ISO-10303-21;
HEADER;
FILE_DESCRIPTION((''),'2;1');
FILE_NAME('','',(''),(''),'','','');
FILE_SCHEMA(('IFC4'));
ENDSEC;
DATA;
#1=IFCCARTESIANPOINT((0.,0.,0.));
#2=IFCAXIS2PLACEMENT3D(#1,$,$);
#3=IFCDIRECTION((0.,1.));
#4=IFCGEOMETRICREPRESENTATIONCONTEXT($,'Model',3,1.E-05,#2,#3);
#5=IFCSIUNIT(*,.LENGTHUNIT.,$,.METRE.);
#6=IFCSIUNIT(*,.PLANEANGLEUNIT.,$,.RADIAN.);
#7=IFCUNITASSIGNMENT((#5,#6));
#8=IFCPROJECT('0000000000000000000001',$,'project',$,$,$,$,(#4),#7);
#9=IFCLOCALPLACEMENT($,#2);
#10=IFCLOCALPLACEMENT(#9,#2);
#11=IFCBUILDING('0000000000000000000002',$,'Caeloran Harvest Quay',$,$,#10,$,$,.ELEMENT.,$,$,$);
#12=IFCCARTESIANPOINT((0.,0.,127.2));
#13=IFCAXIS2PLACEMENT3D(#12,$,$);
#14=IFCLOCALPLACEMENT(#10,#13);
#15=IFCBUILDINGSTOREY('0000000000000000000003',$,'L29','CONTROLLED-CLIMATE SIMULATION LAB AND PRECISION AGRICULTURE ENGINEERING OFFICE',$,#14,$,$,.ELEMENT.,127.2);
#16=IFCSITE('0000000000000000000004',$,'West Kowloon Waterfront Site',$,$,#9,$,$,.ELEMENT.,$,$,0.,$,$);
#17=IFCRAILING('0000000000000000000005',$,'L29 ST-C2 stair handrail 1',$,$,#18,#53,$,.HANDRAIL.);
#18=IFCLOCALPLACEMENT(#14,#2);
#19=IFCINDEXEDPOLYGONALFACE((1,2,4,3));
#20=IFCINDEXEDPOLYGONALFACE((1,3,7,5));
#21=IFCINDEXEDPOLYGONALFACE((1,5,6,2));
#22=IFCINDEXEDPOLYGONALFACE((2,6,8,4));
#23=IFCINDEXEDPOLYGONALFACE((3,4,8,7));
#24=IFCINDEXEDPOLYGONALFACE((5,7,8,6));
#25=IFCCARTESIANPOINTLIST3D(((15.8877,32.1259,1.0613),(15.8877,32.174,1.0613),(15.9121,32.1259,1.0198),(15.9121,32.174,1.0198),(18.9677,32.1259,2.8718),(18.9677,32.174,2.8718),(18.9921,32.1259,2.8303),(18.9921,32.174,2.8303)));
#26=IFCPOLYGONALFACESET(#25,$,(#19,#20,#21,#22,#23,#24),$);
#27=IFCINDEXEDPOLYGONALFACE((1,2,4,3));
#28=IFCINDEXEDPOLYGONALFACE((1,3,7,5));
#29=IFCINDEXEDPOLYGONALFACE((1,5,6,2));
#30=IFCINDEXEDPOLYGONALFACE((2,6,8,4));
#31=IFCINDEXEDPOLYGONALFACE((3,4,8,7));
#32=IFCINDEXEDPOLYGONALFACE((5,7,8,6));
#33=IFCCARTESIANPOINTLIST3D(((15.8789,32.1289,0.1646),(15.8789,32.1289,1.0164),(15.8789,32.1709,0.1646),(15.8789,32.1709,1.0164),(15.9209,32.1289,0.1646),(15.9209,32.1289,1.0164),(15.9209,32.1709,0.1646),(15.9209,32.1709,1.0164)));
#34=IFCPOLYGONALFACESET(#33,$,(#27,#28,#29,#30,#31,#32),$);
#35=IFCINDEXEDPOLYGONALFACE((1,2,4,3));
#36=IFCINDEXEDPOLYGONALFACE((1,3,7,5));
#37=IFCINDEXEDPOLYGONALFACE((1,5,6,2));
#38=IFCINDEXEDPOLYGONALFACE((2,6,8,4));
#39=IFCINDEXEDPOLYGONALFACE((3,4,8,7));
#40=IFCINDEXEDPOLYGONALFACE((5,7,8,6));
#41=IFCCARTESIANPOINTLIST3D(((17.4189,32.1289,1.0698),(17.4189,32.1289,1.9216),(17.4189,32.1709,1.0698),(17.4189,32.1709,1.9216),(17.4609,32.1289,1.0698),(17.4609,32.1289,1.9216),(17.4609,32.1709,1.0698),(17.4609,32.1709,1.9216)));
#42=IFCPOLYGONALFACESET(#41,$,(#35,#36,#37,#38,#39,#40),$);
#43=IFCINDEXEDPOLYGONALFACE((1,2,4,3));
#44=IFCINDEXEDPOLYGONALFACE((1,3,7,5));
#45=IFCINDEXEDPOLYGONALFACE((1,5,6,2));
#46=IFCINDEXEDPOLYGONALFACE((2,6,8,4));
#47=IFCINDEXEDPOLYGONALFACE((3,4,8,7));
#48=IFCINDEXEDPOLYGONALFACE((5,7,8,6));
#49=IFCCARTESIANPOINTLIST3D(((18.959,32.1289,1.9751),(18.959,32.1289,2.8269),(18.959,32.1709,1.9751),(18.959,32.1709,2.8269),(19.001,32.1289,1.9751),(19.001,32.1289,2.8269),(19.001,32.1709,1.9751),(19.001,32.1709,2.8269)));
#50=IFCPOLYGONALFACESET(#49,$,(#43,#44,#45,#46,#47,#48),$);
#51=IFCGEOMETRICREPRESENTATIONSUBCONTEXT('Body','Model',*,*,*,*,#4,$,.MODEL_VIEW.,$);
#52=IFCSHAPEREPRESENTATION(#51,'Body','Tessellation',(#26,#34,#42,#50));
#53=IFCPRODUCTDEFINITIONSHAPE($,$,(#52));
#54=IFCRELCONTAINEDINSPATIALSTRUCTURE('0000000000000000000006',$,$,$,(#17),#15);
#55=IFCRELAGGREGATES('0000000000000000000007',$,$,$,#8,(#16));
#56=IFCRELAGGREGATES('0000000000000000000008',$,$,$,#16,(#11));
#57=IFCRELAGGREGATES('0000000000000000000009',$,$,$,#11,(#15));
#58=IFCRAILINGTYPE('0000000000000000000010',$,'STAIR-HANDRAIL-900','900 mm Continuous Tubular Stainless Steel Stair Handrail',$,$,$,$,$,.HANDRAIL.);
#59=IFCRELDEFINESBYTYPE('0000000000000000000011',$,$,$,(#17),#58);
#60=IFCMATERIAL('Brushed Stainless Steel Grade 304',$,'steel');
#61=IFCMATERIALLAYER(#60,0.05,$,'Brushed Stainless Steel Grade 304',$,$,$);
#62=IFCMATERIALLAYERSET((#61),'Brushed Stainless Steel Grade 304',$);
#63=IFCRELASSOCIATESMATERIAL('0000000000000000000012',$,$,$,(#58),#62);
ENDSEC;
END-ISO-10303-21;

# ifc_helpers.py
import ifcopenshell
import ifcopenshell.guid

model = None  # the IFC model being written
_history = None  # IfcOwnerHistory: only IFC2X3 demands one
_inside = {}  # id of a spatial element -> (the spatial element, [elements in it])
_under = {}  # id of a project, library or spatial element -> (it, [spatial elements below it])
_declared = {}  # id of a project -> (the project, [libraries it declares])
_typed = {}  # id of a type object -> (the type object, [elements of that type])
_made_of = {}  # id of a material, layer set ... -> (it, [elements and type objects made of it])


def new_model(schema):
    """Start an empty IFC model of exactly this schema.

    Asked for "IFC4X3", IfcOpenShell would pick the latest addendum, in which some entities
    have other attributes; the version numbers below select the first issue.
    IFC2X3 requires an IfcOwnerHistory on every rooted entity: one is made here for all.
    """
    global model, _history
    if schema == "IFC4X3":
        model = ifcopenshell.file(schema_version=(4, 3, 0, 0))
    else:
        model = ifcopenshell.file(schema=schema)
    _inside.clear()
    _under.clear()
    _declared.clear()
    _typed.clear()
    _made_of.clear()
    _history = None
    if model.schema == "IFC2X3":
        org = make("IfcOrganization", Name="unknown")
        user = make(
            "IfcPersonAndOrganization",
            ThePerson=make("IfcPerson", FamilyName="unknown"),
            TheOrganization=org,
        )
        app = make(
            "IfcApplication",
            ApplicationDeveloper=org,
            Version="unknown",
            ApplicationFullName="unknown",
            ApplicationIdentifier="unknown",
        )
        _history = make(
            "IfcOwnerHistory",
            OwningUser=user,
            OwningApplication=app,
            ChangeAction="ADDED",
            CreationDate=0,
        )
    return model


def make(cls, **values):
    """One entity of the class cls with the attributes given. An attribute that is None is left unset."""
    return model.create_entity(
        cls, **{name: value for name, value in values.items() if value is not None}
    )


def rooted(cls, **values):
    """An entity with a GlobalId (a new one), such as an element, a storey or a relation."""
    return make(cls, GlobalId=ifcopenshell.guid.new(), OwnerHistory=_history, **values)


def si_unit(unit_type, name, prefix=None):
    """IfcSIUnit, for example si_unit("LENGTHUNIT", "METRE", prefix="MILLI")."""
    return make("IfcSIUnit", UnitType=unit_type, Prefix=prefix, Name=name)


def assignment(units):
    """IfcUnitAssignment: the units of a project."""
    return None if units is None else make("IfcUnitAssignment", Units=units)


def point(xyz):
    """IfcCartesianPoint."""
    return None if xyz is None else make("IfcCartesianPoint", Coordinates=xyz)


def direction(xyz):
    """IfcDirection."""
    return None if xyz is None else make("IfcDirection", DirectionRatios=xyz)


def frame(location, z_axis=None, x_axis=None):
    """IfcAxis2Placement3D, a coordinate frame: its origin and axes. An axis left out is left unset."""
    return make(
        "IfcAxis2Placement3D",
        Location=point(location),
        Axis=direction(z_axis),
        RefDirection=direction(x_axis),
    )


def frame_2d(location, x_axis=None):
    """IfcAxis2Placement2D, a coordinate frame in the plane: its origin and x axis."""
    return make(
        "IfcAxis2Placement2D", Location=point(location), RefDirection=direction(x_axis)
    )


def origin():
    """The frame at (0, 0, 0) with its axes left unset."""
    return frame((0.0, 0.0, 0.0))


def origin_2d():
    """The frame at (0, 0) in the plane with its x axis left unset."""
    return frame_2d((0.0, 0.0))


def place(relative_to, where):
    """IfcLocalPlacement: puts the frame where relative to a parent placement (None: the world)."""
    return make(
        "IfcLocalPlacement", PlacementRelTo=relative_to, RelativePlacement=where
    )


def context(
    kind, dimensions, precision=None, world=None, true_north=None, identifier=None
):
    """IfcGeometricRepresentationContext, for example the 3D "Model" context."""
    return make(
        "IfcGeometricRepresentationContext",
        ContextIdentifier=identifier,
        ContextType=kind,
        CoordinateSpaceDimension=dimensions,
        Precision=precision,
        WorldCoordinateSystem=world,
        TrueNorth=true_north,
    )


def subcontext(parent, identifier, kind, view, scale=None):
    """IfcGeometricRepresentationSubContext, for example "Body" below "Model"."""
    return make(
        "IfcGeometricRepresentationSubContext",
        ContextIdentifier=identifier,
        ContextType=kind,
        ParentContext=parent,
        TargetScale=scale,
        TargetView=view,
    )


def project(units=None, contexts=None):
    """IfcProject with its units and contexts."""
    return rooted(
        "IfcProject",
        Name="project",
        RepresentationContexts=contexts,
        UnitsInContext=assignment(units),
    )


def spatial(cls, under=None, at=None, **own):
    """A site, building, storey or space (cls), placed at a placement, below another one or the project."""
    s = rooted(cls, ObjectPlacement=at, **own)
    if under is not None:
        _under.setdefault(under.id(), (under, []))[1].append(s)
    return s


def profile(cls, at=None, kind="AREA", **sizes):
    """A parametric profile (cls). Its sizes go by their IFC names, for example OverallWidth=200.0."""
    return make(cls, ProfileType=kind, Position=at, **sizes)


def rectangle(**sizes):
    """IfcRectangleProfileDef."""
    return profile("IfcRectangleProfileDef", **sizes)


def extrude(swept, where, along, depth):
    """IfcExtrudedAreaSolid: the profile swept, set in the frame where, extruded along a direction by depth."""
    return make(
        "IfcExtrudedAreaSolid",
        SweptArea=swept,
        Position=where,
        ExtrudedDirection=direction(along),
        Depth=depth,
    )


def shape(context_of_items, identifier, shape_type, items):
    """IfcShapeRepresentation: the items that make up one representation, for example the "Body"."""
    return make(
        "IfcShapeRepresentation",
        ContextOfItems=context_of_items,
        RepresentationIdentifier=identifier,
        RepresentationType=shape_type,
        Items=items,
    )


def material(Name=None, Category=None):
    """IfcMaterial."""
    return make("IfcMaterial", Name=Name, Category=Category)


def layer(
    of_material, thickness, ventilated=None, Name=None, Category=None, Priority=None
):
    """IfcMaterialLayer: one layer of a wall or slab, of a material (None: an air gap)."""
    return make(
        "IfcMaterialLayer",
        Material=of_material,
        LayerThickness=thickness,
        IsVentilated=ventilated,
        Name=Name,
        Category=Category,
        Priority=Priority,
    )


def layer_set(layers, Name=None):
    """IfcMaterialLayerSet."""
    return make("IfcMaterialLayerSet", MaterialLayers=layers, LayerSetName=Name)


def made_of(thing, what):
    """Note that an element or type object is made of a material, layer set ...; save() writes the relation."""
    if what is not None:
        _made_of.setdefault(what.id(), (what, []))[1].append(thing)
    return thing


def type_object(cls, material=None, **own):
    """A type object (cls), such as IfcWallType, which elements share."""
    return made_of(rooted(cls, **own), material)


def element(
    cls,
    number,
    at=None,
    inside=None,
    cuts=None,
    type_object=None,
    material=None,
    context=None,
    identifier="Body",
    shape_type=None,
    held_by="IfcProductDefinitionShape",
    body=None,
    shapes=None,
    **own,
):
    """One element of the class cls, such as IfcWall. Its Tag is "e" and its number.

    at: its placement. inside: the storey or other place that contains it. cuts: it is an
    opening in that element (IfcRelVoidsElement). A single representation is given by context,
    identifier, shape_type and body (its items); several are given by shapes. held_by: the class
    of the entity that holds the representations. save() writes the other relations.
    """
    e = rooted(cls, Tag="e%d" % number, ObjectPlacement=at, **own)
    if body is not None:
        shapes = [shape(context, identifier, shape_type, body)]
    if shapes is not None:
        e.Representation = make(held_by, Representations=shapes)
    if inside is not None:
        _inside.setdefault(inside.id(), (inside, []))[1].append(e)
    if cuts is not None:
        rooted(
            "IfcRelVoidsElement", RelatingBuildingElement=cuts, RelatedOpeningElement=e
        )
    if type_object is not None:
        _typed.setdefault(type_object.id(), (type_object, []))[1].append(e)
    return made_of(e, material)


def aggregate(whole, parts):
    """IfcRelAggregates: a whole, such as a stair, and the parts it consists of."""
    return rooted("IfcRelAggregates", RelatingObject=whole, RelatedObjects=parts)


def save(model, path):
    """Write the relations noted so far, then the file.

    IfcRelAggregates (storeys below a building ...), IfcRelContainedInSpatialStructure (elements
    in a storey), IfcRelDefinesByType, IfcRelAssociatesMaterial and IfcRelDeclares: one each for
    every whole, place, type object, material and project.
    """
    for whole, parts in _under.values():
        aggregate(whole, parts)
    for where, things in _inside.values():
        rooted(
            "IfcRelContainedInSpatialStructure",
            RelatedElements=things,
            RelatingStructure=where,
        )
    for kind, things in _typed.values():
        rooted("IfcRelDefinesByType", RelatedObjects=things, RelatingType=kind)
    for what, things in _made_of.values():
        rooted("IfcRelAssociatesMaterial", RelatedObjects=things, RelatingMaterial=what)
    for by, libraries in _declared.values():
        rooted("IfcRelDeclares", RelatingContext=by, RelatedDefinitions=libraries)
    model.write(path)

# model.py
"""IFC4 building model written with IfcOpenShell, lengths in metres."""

from ifc_helpers import new_model, si_unit, direction, frame, origin, origin_2d, place, context, subcontext, project, spatial, rectangle, extrude, material, layer, layer_set, type_object, element, save


model = new_model("IFC4")

# Units and contexts
model_context = context("Model", 3, precision=1e-05, world=origin(), true_north=direction((0.0, 1.0)))
body_context = subcontext(model_context, "Body", "Model", "MODEL_VIEW")
ifc_project = project(units=[si_unit("LENGTHUNIT", "METRE"), si_unit("PLANEANGLEUNIT", "RADIAN")], contexts=[model_context])

# Site, building, storey
site_placement = place(None, origin())
site = spatial("IfcSite", under=ifc_project, at=site_placement, Name="West Kowloon Waterfront Site", CompositionType="ELEMENT", RefElevation=0.0)
building_placement = place(site_placement, origin())
building = spatial("IfcBuilding", under=site, at=building_placement, Name="Caeloran Harvest Quay", CompositionType="ELEMENT")
storey_placement = place(building_placement, frame((0.0, 0.0, 127.2)))
storey = spatial("IfcBuildingStorey", under=building, at=storey_placement, Name="L29", Description="CONTROLLED-CLIMATE SIMULATION LAB AND PRECISION AGRICULTURE ENGINEERING OFFICE", CompositionType="ELEMENT", Elevation=127.2)

# Railing
ifc_material_1 = material(Name="Brushed Stainless Steel Grade 304", Category="steel")
ifc_layer_1 = layer(ifc_material_1, 0.05, Name="Brushed Stainless Steel Grade 304")
ifc_layer_set_1 = layer_set([ifc_layer_1], Name="Brushed Stainless Steel Grade 304")
railing_type_1 = type_object("IfcRailingType", Name="STAIR-HANDRAIL-900", Description="900 mm Continuous Tubular Stainless Steel Stair Handrail", PredefinedType="HANDRAIL", material=ifc_layer_set_1)
railing_1_placement = place(storey_placement, frame((15.8999, 32.1499, 0.1646)))
element("IfcRailing", 1, at=railing_1_placement, inside=storey, type_object=railing_type_1, Name="L29 ST-C2 stair handrail 1", PredefinedType="HANDRAIL", context=body_context, shape_type="SweptSolid", body=[
    extrude(rectangle(XDim=0.0481, YDim=0.0481, at=origin_2d()), frame((0.0, 0.0, 0.876), z_axis=(0.862089, 0.0, 0.506757), x_axis=(0.0, 1.0, 0.0)), (0.0, 0.0, 1.0), 3.5728),
    extrude(rectangle(XDim=0.042, YDim=0.042, at=origin_2d()), origin(), (0.0, 0.0, 1.0), 0.8518),
    extrude(rectangle(XDim=0.042, YDim=0.042, at=origin_2d()), frame((1.54, 0.0, 0.9053)), (0.0, 0.0, 1.0), 0.8518),
    extrude(rectangle(XDim=0.042, YDim=0.042, at=origin_2d()), frame((3.0801, 0.0, 1.8105)), (0.0, 0.0, 1.0), 0.8518),
])

save(model, "model.ifc")
